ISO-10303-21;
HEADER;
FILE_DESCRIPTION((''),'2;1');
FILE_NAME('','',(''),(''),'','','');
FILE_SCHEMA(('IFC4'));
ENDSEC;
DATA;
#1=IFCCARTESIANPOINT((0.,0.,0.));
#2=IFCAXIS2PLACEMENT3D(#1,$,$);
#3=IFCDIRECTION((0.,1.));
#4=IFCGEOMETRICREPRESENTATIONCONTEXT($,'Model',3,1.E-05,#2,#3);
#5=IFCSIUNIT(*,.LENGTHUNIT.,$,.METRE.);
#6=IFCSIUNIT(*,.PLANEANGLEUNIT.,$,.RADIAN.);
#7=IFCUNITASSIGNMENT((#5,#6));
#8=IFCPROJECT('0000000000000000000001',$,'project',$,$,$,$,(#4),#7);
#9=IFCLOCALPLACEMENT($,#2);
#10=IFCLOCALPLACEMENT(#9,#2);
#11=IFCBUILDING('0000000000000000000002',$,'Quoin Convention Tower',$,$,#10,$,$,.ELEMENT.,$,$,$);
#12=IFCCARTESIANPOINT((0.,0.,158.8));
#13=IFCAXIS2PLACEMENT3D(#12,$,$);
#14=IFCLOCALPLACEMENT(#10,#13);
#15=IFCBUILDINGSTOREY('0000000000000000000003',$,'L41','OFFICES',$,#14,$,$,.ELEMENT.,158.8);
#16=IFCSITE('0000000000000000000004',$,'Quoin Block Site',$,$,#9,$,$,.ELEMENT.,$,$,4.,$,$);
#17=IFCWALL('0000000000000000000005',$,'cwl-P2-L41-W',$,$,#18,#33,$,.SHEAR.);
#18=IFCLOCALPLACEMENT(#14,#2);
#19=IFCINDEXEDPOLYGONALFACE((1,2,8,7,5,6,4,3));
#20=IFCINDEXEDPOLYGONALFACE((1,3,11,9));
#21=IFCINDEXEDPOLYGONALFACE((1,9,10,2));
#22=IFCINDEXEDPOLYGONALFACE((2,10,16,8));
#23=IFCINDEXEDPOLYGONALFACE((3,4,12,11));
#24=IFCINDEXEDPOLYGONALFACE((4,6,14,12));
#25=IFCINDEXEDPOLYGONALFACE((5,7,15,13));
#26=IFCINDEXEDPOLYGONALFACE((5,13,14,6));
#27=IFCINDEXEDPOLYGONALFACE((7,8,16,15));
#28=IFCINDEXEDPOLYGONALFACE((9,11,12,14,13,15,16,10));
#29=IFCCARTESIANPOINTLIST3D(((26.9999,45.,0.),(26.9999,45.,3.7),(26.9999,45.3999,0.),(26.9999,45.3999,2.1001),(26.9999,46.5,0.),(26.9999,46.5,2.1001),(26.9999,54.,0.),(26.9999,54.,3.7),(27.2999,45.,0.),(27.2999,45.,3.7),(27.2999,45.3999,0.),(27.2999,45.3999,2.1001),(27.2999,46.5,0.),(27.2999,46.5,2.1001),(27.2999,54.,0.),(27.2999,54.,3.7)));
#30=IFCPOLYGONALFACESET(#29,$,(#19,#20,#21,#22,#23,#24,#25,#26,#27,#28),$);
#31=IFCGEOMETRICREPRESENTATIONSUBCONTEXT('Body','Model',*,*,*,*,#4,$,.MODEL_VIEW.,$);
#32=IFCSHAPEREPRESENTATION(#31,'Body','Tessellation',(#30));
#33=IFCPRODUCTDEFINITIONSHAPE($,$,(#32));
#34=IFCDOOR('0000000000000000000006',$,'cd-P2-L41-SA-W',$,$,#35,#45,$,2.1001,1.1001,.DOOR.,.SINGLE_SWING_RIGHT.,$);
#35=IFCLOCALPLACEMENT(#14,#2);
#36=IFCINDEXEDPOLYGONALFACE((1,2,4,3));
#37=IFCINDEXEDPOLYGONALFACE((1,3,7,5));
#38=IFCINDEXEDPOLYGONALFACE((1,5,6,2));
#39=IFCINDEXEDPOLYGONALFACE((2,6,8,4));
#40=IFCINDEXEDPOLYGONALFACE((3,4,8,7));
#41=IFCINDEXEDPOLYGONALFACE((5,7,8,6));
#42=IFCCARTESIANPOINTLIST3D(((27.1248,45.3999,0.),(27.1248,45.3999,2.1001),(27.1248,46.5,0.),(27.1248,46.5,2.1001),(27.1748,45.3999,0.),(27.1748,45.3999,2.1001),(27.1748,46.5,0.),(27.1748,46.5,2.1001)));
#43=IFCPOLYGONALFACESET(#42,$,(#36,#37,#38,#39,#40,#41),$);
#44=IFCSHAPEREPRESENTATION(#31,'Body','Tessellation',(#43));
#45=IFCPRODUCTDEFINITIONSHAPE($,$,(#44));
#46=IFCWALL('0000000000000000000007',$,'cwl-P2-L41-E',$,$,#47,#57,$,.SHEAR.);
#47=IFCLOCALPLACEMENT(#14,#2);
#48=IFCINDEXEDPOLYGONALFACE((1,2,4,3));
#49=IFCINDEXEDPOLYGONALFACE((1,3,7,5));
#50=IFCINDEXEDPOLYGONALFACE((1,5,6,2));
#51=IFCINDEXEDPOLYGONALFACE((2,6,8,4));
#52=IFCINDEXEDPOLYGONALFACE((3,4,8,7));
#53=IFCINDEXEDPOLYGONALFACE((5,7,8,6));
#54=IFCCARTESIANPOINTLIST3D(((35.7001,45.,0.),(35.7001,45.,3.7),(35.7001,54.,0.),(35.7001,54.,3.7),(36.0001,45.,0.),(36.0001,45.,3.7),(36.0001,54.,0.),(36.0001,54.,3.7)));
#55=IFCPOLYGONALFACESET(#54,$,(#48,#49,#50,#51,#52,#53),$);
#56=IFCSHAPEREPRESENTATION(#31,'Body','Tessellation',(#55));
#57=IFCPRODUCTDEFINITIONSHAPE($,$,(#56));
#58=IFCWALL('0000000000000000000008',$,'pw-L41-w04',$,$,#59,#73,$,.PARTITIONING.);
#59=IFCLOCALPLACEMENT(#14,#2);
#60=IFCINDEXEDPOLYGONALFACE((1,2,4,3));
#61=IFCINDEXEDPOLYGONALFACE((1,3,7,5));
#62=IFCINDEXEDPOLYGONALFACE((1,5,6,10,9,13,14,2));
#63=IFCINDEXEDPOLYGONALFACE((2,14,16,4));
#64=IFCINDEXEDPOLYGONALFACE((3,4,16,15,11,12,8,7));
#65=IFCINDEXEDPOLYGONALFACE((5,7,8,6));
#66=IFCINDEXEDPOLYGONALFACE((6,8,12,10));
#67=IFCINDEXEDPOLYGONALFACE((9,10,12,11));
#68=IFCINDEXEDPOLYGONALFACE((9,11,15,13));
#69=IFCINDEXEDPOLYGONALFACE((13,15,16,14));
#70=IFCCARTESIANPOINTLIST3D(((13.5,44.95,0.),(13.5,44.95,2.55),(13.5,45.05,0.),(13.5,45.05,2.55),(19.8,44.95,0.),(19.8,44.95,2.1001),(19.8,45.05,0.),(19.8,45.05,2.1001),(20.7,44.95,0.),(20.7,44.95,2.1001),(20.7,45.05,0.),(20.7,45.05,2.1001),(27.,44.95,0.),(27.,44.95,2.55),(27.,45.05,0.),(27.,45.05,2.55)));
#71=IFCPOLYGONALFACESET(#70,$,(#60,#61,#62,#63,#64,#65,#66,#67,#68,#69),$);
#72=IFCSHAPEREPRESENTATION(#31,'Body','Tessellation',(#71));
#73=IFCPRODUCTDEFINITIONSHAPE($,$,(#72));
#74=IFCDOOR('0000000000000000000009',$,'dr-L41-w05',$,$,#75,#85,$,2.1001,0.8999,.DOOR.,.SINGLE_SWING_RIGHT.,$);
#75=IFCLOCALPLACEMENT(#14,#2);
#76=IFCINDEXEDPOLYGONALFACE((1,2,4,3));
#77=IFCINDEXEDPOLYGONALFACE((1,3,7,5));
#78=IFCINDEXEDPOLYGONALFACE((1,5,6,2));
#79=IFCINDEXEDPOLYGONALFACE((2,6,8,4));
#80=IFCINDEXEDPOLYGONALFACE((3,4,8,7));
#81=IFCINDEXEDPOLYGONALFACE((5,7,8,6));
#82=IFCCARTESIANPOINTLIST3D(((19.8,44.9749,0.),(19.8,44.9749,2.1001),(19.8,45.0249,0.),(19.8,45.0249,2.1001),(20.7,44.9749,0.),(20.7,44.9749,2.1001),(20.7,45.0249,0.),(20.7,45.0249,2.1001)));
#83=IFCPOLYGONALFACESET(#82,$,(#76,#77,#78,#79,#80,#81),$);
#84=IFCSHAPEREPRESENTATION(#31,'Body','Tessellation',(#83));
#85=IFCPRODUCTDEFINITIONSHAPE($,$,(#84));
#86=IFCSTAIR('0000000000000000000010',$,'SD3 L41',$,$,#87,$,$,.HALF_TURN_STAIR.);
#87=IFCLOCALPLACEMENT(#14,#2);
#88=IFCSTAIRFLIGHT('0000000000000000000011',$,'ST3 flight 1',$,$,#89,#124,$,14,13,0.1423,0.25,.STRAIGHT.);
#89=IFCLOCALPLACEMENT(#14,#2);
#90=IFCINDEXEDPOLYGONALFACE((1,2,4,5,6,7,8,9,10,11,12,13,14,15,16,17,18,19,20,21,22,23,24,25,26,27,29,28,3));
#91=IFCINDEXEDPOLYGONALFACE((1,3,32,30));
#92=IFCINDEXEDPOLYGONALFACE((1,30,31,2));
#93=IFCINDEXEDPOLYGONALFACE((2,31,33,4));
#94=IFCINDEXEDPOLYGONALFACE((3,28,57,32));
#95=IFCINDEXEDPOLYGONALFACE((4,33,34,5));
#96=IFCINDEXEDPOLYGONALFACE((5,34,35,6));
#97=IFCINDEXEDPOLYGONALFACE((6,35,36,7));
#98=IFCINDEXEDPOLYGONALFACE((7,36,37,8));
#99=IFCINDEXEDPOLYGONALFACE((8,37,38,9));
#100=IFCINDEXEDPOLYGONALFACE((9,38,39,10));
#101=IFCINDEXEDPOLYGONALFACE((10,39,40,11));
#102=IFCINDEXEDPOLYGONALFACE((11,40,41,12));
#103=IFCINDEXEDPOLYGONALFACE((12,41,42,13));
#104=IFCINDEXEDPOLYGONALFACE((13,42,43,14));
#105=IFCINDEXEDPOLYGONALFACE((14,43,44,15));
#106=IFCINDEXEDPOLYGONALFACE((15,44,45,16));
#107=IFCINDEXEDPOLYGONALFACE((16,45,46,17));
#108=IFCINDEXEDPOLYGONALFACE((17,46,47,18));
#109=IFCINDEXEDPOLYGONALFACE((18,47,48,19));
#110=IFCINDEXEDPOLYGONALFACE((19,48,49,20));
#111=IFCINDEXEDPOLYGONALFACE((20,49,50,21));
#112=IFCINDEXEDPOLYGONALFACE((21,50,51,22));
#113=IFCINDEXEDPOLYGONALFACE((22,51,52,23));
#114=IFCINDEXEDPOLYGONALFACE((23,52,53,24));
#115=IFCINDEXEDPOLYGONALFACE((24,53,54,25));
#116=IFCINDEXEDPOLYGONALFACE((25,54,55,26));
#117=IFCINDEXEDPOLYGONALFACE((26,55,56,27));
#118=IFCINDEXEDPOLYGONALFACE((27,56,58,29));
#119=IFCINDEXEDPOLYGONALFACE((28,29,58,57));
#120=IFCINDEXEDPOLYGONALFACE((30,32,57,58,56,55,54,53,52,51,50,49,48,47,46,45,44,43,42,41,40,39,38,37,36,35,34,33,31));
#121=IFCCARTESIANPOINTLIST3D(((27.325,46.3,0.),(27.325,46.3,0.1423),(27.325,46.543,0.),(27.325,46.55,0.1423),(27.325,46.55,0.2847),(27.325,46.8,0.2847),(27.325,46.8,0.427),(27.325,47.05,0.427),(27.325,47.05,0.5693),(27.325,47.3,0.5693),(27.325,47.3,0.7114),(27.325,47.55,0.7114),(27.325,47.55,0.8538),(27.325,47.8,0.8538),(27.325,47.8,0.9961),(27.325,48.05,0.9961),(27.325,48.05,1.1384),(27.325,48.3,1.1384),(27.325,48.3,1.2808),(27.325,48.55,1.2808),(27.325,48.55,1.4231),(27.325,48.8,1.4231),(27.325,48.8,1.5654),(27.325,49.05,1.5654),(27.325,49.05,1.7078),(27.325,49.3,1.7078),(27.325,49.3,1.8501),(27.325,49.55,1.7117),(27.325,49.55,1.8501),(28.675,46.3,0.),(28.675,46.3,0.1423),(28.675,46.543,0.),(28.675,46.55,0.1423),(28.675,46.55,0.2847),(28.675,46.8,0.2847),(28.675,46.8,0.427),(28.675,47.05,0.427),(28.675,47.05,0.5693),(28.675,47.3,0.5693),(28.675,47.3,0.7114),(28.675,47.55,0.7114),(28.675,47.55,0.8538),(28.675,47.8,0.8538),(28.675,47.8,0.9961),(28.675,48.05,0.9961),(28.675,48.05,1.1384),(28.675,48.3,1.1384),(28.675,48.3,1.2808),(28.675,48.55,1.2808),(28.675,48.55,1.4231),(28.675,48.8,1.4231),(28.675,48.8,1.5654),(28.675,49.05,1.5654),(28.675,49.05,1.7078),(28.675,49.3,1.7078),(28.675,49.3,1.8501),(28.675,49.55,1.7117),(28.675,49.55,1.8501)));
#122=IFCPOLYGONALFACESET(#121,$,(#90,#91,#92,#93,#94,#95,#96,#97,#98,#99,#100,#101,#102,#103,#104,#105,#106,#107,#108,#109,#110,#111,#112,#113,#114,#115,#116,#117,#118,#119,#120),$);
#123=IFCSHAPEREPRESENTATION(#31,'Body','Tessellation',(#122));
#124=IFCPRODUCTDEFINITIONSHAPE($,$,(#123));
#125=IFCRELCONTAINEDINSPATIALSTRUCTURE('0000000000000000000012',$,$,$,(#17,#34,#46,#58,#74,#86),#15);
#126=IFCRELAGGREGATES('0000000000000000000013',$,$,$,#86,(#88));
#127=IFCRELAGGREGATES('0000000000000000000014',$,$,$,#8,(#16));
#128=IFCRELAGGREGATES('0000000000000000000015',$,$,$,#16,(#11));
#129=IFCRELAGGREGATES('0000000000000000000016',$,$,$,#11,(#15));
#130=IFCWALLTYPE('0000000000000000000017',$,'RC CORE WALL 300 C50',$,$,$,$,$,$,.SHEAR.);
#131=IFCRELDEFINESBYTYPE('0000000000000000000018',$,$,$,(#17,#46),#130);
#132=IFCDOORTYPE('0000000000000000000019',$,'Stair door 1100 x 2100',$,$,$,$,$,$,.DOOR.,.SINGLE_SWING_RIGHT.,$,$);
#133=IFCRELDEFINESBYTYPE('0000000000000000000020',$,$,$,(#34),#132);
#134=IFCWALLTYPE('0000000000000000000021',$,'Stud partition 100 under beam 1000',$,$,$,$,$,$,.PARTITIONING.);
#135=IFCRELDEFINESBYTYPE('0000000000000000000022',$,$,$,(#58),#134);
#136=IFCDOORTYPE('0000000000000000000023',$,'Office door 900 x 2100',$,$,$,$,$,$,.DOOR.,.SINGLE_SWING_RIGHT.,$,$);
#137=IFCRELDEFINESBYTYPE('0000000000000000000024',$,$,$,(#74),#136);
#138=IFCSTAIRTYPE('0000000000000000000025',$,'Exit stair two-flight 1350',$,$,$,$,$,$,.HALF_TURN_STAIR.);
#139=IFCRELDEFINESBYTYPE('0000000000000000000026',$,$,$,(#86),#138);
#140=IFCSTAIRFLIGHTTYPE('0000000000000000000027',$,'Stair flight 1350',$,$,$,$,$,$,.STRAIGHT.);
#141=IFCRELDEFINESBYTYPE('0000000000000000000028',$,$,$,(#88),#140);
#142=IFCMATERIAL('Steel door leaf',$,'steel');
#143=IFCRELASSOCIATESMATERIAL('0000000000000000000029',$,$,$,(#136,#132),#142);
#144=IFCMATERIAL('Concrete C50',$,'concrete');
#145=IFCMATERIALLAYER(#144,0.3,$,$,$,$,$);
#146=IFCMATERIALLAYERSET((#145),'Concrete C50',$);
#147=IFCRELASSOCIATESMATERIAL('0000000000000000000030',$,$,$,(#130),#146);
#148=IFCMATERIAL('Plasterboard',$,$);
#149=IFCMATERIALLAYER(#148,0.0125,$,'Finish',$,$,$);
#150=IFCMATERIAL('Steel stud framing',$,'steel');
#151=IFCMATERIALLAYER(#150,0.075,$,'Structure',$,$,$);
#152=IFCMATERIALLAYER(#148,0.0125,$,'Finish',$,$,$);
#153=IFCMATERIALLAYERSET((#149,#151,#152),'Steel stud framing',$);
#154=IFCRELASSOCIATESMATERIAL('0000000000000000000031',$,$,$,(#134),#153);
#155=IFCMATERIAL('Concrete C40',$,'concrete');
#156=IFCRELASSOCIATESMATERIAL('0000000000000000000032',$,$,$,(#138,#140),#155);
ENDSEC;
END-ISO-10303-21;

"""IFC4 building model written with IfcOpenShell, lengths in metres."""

from ifc_helpers import new_model, si_unit, direction, frame, frame_2d, origin, place, context, subcontext, project, spatial, polyline, rectangle, outline, extrude, material, layer, layer_set, type_object, element, fill, aggregate, save


model = new_model("IFC4")

# Units and contexts
model_context = context("Model", 3, precision=1e-05, world=origin(), true_north=direction((0.0, 1.0)))
body_context = subcontext(model_context, "Body", "Model", "MODEL_VIEW")
ifc_project = project(units=[si_unit("LENGTHUNIT", "METRE"), si_unit("PLANEANGLEUNIT", "RADIAN")], contexts=[model_context])

# Site, building, storey
site_placement = place(None, origin())
site = spatial("IfcSite", under=ifc_project, at=site_placement, Name="Quoin Block Site", CompositionType="ELEMENT", RefElevation=4.0)
building_placement = place(site_placement, origin())
building = spatial("IfcBuilding", under=site, at=building_placement, Name="Quoin Convention Tower", CompositionType="ELEMENT")
storey_placement = place(building_placement, frame((0.0, 0.0, 158.8)))
storey = spatial("IfcBuildingStorey", under=building, at=storey_placement, Name="L41", Description="OFFICES", CompositionType="ELEMENT", Elevation=158.8)

# Shared definitions
ifc_material_1 = material(Name="Concrete C50", Category="concrete")

# Wall, opening, door
ifc_material_2 = material(Name="Plasterboard")
ifc_material_3 = material(Name="Steel stud framing", Category="steel")
ifc_material_4 = material(Name="Steel door leaf", Category="steel")
door_type_1 = type_object("IfcDoorType", Name="Office door 900 x 2100", OperationType="SINGLE_SWING_RIGHT", PredefinedType="DOOR", material=ifc_material_4)
ifc_layer_1 = layer(ifc_material_1, 0.3)
ifc_layer_set_1 = layer_set([ifc_layer_1], Name="Concrete C50")
wall_type_1 = type_object("IfcWallType", Name="RC CORE WALL 300 C50", PredefinedType="SHEAR", material=ifc_layer_set_1)
wall_1_placement = place(storey_placement, frame((27.1499, 45.0, 0.0), z_axis=(0.0, 0.0, 1.0), x_axis=(0.0, 1.0, 0.0)))
wall_1 = element("IfcWall", 1, at=wall_1_placement, inside=storey, type_object=wall_type_1, Name="cwl-P2-L41-W", PredefinedType="SHEAR", context=body_context, shape_type="SweptSolid", body=[
    extrude(rectangle(XDim=9.0, YDim=0.3, at=frame_2d((4.5, 0.0))), origin(), (0.0, 0.0, 1.0), 3.7),
])
opening_1_placement = place(wall_1_placement, frame((0.3999, 0.0, 0.0)))
opening_1 = element("IfcOpeningElement", 2, at=opening_1_placement, cuts=wall_1, PredefinedType="OPENING", context=body_context, shape_type="SweptSolid", body=[
    extrude(rectangle(XDim=1.1001, YDim=2.1001, at=frame_2d((0.55, 1.05))), frame((0.0, 0.1599, 0.0), z_axis=(0.0, -1.0, 0.0), x_axis=(1.0, 0.0, 0.0)), (0.0, 0.0, 1.0), 0.3201),
])
door_type_2 = type_object("IfcDoorType", Name="Stair door 1100 x 2100", OperationType="SINGLE_SWING_RIGHT", PredefinedType="DOOR", material=ifc_material_4)
door_1_placement = place(opening_1_placement, frame((1.1001, 0.0, 0.0), z_axis=(0.0, 0.0, 1.0), x_axis=(-1.0, 0.0, 0.0)))
door_1 = element("IfcDoor", 3, at=door_1_placement, inside=storey, type_object=door_type_2, Name="cd-P2-L41-SA-W", OperationType="SINGLE_SWING_RIGHT", OverallHeight=2.1001, OverallWidth=1.1001, PredefinedType="DOOR", context=body_context, shape_type="SweptSolid", body=[
    extrude(rectangle(XDim=1.1001, YDim=2.1001, at=frame_2d((0.55, 1.05))), frame((0.0, 0.0249, 0.0), z_axis=(0.0, -1.0, 0.0), x_axis=(1.0, 0.0, 0.0)), (0.0, 0.0, 1.0), 0.05),
])
fill(opening_1, door_1)

# Wall
wall_2_placement = place(storey_placement, frame((35.8501, 45.0, 0.0), z_axis=(0.0, 0.0, 1.0), x_axis=(0.0, 1.0, 0.0)))
element("IfcWall", 4, at=wall_2_placement, inside=storey, type_object=wall_type_1, Name="cwl-P2-L41-E", PredefinedType="SHEAR", context=body_context, shape_type="SweptSolid", body=[
    extrude(rectangle(XDim=9.0, YDim=0.3, at=frame_2d((4.5, 0.0))), origin(), (0.0, 0.0, 1.0), 3.7),
])

# Wall, opening, door
ifc_layer_2 = layer(ifc_material_2, 0.0125, Name="Finish")
ifc_layer_3 = layer(ifc_material_3, 0.075, Name="Structure")
ifc_layer_4 = layer(ifc_material_2, 0.0125, Name="Finish")
ifc_layer_set_2 = layer_set([ifc_layer_2, ifc_layer_3, ifc_layer_4], Name="Steel stud framing")
wall_type_2 = type_object("IfcWallType", Name="Stud partition 100 under beam 1000", PredefinedType="PARTITIONING", material=ifc_layer_set_2)
wall_3_placement = place(storey_placement, frame((13.5, 45.0, 0.0), z_axis=(0.0, 0.0, 1.0), x_axis=(1.0, 0.0, 0.0)))
wall_3 = element("IfcWall", 5, at=wall_3_placement, inside=storey, type_object=wall_type_2, Name="pw-L41-w04", PredefinedType="PARTITIONING", context=body_context, shape_type="SweptSolid", body=[
    extrude(rectangle(XDim=13.5, YDim=0.1001, at=frame_2d((6.75, 0.0))), origin(), (0.0, 0.0, 1.0), 2.55),
])
opening_2_placement = place(wall_3_placement, frame((6.3, 0.0, 0.0)))
opening_2 = element("IfcOpeningElement", 6, at=opening_2_placement, cuts=wall_3, PredefinedType="OPENING", context=body_context, shape_type="SweptSolid", body=[
    extrude(rectangle(XDim=0.8999, YDim=2.1001, at=frame_2d((0.45, 1.05))), frame((0.0, 0.0601, 0.0), z_axis=(0.0, -1.0, 0.0), x_axis=(1.0, 0.0, 0.0)), (0.0, 0.0, 1.0), 0.1201),
])
door_2_placement = place(opening_2_placement, origin())
door_2 = element("IfcDoor", 7, at=door_2_placement, inside=storey, type_object=door_type_1, Name="dr-L41-w05", OperationType="SINGLE_SWING_RIGHT", OverallHeight=2.1001, OverallWidth=0.8999, PredefinedType="DOOR", context=body_context, shape_type="SweptSolid", body=[
    extrude(rectangle(XDim=0.8999, YDim=2.1001, at=frame_2d((0.45, 1.05))), frame((0.0, 0.0249, 0.0), z_axis=(0.0, -1.0, 0.0), x_axis=(1.0, 0.0, 0.0)), (0.0, 0.0, 1.0), 0.05),
])
fill(opening_2, door_2)

# Stair, stair flight
ifc_material_5 = material(Name="Concrete C40", Category="concrete")
stair_type = type_object("IfcStairType", Name="Exit stair two-flight 1350", PredefinedType="HALF_TURN_STAIR", material=ifc_material_5)
stair_placement = place(storey_placement, origin())
stair = element("IfcStair", 8, at=stair_placement, inside=storey, type_object=stair_type, Name="SD3 L41", PredefinedType="HALF_TURN_STAIR")
stair_flight_type = type_object("IfcStairFlightType", Name="Stair flight 1350", PredefinedType="STRAIGHT", material=ifc_material_5)
stair_flight_placement = place(storey_placement, frame((28.0, 46.3, 0.0), z_axis=(0.0, 0.0, 1.0), x_axis=(0.0, 1.0, 0.0)))
stair_flight = element("IfcStairFlight", 9, at=stair_flight_placement, type_object=stair_flight_type, Name="ST3 flight 1", NumberOfRisers=14, NumberOfTreads=13, PredefinedType="STRAIGHT", RiserHeight=0.1423, TreadLength=0.25, context=body_context, shape_type="SweptSolid", body=[
    extrude(outline(polyline([(0.0, 0.0), (0.0, 0.1423), (0.25, 0.1423), (0.25, 0.2847), (0.5, 0.2847), (0.5, 0.427), (0.75, 0.427), (0.75, 0.5693), (1.0, 0.5693), (1.0, 0.7114), (1.25, 0.7114), (1.25, 0.8538), (1.5, 0.8538), (1.5, 0.9961), (1.75, 0.9961), (1.75, 1.1384), (2.0, 1.1384), (2.0, 1.2808), (2.25, 1.2808), (2.25, 1.4231), (2.5, 1.4231), (2.5, 1.5654), (2.75, 1.5654), (2.75, 1.7078), (3.0, 1.7078), (3.0, 1.8501), (3.25, 1.8501), (3.25, 1.9922), (3.25, 1.7117), (0.2429, 0.0), (0.0, 0.0)])), frame((0.0, 0.675, 0.0), z_axis=(0.0, -1.0, 0.0), x_axis=(1.0, 0.0, 0.0)), (0.0, 0.0, 1.0), 1.3501),
])
aggregate(stair, [stair_flight])

save(model, "model.ifc")
